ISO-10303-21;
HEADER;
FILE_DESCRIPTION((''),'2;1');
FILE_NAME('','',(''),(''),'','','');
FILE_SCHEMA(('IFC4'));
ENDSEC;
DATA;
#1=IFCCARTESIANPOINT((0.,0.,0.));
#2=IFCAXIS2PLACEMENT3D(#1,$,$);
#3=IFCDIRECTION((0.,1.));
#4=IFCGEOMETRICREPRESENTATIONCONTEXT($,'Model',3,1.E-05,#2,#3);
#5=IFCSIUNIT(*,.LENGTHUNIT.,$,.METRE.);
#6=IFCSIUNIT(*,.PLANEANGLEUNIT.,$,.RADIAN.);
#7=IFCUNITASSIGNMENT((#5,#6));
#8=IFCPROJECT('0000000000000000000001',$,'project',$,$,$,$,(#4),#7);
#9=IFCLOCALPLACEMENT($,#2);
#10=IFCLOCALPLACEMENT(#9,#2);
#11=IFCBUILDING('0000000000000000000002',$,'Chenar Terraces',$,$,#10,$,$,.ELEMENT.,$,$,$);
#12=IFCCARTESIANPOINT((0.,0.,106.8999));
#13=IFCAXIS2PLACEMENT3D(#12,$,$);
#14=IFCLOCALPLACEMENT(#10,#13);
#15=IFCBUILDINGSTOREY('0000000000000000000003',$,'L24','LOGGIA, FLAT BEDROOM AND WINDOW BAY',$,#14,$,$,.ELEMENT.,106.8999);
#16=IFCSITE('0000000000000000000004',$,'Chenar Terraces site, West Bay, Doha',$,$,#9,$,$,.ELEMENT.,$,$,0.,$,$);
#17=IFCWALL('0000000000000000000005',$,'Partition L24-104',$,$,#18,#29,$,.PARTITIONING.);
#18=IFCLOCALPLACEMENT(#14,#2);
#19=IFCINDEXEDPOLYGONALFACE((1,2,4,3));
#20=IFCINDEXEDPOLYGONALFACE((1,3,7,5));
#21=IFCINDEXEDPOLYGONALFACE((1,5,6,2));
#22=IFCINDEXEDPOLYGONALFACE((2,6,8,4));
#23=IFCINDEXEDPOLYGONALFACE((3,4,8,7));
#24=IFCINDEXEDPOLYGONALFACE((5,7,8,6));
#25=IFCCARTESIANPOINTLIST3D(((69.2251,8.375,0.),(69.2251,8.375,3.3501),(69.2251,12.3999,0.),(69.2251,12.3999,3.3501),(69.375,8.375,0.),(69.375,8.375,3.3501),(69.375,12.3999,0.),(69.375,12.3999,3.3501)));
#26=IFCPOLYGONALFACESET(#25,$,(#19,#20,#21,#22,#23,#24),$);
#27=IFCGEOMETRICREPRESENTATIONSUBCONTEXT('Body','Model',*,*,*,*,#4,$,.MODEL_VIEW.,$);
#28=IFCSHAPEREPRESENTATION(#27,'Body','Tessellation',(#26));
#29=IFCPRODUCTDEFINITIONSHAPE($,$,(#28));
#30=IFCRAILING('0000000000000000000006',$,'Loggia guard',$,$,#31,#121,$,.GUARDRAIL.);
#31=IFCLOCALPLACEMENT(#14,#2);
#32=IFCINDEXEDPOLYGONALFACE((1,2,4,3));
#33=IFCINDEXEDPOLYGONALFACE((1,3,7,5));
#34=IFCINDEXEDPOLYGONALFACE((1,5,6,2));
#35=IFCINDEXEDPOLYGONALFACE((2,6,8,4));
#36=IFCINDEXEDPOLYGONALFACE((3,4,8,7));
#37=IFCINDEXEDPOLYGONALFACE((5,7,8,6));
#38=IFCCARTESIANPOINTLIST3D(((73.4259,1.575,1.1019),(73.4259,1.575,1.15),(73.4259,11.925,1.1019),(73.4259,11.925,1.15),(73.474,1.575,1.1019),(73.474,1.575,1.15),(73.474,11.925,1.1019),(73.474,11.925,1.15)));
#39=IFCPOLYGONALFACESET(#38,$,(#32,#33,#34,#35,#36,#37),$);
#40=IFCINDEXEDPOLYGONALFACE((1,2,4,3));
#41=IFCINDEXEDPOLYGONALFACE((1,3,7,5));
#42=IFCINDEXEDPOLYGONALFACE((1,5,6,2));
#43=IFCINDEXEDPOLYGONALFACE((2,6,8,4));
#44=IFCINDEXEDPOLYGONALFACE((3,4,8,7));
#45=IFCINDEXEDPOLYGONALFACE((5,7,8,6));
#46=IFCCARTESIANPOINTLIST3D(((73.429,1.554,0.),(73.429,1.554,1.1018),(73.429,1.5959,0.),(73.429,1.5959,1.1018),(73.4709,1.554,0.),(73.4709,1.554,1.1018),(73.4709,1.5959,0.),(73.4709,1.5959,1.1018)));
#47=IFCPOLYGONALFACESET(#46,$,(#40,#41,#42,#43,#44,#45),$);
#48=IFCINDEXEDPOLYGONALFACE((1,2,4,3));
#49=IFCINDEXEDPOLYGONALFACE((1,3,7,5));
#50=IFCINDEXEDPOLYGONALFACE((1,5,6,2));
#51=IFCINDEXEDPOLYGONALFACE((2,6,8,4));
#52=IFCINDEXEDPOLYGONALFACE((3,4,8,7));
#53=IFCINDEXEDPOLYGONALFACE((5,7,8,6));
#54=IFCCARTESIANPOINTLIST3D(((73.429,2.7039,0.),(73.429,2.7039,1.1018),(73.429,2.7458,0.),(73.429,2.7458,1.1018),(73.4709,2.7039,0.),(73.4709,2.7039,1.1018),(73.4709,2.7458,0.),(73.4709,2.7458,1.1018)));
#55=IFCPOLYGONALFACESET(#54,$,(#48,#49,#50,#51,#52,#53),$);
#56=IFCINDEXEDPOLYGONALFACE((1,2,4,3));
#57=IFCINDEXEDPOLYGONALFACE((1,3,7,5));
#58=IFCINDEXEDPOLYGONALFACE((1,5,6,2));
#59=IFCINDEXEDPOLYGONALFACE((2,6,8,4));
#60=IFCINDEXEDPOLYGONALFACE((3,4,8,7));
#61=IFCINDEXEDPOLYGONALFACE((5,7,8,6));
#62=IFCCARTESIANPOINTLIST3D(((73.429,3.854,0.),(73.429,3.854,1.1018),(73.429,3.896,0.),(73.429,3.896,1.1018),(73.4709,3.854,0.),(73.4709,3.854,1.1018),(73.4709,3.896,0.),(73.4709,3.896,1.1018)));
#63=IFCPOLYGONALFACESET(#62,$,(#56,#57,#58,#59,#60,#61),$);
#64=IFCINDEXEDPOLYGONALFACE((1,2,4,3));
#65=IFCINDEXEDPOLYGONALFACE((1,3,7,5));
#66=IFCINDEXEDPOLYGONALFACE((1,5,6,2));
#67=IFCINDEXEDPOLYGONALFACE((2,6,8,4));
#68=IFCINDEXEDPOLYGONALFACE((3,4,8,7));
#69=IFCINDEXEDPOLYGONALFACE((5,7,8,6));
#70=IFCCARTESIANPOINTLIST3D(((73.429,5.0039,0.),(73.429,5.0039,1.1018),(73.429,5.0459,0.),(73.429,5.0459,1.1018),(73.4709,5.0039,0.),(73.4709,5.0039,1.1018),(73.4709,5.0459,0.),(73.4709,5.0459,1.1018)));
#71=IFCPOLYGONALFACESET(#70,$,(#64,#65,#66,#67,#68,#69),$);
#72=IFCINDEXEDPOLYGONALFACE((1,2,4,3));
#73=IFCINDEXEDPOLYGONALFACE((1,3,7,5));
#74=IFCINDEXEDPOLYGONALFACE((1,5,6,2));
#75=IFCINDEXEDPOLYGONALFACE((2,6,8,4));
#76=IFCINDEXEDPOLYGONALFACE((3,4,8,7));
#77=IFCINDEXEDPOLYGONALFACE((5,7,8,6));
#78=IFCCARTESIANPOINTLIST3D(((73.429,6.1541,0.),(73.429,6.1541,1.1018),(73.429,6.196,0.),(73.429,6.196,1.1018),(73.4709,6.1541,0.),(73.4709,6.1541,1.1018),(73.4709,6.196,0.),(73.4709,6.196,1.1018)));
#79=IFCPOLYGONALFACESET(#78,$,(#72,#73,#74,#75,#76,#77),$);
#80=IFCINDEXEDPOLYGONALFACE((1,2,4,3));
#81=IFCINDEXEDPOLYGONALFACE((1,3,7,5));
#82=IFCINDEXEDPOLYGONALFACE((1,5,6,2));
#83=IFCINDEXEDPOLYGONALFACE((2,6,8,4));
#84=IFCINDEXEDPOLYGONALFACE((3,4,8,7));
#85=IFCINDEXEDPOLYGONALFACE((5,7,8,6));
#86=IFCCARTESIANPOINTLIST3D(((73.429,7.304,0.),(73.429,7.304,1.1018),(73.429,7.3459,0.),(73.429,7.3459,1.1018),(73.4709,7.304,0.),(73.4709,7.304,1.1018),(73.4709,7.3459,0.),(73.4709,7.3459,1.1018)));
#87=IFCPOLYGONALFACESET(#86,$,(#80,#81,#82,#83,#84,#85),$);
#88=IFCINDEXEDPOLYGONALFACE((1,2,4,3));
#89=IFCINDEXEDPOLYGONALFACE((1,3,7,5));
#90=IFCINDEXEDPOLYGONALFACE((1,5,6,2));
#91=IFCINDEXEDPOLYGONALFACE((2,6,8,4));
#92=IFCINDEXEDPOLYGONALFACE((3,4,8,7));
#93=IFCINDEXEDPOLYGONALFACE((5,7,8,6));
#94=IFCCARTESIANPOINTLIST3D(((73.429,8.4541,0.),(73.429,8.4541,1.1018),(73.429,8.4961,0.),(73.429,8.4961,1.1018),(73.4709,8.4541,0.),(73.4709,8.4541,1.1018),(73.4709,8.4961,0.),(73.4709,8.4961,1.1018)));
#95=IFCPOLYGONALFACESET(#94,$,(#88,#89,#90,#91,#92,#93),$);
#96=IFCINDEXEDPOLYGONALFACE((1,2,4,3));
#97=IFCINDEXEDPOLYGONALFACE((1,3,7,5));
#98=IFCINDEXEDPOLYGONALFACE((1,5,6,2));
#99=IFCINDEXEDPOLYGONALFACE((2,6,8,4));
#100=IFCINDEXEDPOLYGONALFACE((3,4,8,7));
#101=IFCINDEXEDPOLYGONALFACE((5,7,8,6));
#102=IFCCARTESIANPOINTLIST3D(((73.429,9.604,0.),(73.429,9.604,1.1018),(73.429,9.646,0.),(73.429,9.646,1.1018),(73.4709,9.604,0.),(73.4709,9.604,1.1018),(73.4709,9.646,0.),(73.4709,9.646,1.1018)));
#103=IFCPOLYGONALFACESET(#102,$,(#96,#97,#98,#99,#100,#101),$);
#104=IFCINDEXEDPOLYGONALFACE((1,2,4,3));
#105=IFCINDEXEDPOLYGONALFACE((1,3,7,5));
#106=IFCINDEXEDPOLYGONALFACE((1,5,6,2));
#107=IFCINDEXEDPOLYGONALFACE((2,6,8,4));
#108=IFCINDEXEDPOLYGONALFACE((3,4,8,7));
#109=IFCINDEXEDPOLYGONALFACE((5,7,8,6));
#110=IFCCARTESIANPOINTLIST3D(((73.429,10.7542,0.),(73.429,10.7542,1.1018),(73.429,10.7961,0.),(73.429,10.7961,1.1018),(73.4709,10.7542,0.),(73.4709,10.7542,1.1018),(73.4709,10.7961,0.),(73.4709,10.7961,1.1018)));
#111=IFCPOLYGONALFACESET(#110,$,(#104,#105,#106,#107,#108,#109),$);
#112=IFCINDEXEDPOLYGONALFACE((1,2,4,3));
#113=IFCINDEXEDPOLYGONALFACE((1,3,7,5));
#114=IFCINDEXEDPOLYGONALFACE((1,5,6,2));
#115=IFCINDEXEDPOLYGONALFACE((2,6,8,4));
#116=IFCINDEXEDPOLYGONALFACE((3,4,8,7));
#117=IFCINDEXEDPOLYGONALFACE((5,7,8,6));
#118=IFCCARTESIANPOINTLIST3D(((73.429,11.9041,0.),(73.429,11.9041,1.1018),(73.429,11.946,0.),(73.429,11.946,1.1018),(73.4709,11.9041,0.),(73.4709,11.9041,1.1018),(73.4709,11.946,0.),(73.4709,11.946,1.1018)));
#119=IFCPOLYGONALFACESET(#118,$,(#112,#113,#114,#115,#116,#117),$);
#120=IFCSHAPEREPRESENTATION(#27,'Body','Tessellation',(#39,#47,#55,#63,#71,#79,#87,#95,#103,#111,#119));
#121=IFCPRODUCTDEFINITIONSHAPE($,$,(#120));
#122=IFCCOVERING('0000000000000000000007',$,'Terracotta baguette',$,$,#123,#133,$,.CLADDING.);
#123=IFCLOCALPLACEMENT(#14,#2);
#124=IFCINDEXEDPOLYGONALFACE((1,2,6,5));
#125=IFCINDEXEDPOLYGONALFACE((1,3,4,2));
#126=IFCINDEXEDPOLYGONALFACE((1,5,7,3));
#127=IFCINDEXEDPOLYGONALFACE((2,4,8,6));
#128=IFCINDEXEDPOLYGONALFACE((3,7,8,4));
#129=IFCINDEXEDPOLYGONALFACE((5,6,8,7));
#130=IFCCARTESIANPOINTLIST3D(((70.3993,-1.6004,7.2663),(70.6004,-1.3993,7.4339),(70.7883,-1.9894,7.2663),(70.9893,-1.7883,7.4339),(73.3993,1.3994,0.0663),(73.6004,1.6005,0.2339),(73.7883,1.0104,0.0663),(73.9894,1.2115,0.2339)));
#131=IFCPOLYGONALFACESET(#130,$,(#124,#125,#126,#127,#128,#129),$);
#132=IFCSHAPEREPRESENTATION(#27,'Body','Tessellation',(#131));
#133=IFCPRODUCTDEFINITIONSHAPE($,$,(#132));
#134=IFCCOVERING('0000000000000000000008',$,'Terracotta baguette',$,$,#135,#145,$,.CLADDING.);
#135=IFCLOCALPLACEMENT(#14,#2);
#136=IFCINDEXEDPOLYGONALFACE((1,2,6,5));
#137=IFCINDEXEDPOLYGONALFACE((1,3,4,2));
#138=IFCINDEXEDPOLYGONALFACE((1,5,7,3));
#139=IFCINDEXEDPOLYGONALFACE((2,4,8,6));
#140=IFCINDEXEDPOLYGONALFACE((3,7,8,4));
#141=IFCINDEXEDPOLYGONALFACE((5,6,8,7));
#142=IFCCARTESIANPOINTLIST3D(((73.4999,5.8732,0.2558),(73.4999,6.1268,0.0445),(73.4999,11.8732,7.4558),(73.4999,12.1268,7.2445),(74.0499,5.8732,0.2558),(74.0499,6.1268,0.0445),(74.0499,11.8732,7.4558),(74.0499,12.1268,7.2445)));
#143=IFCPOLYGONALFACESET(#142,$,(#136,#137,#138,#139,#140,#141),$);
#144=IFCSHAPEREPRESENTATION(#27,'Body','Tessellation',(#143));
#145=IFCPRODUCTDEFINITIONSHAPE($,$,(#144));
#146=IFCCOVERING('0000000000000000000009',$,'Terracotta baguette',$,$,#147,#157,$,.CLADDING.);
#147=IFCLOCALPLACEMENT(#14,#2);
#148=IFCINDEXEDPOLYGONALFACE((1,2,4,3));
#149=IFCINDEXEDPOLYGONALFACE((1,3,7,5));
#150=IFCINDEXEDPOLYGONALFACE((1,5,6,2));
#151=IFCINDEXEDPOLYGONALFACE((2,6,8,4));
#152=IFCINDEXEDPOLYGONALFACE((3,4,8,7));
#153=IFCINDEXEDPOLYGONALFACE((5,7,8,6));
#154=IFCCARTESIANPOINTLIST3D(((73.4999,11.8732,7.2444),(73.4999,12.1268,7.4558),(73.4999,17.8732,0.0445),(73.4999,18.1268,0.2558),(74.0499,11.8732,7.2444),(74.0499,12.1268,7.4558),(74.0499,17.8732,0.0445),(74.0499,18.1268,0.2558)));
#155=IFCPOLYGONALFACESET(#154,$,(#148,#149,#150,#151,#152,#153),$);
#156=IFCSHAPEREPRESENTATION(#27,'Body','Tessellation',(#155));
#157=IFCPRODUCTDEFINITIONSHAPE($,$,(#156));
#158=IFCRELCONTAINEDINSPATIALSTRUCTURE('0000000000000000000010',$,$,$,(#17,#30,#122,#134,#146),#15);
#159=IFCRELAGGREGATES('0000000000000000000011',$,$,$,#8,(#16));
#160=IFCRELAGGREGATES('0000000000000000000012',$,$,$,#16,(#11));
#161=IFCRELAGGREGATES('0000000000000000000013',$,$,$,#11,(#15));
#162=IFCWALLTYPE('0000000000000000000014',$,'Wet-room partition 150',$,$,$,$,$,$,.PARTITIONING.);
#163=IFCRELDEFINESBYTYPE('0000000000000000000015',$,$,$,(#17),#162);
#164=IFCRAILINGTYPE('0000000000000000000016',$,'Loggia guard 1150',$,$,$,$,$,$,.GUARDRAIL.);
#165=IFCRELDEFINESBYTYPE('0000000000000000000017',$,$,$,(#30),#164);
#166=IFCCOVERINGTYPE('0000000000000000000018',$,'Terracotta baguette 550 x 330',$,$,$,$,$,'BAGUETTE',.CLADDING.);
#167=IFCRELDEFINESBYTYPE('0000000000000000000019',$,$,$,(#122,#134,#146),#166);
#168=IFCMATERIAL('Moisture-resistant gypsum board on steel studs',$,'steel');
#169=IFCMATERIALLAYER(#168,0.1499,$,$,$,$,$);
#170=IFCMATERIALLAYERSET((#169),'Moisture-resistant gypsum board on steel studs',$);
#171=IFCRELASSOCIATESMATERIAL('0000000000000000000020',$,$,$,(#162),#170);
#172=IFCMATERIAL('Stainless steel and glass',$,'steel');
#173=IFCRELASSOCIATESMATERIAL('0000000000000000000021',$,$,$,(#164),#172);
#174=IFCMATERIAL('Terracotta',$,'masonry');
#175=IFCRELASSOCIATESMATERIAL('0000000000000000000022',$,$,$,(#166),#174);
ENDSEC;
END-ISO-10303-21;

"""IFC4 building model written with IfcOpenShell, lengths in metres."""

from ifc_helpers import new_model, si_unit, direction, frame, frame_2d, origin, origin_2d, place, context, subcontext, project, spatial, rectangle, extrude, material, layer, layer_set, material_profile, profile_set, type_object, element, save


model = new_model("IFC4")

# Units and contexts
model_context = context("Model", 3, precision=1e-05, world=origin(), true_north=direction((0.0, 1.0)))
body_context = subcontext(model_context, "Body", "Model", "MODEL_VIEW")
ifc_project = project(units=[si_unit("LENGTHUNIT", "METRE"), si_unit("PLANEANGLEUNIT", "RADIAN")], contexts=[model_context])

# Site, building, storey
site_placement = place(None, origin())
site = spatial("IfcSite", under=ifc_project, at=site_placement, Name="Chenar Terraces site, West Bay, Doha", CompositionType="ELEMENT", RefElevation=0.0)
building_placement = place(site_placement, origin())
building = spatial("IfcBuilding", under=site, at=building_placement, Name="Chenar Terraces", CompositionType="ELEMENT")
storey_placement = place(building_placement, frame((0.0, 0.0, 106.8999)))
storey = spatial("IfcBuildingStorey", under=building, at=storey_placement, Name="L24", Description="LOGGIA, FLAT BEDROOM AND WINDOW BAY", CompositionType="ELEMENT", Elevation=106.8999)

# Shared definitions
ifc_material_1 = material(Name="Moisture-resistant gypsum board on steel studs", Category="steel")
ifc_layer_1 = layer(ifc_material_1, 0.1499)
ifc_layer_set_1 = layer_set([ifc_layer_1], Name="Moisture-resistant gypsum board on steel studs")
wall_type_1 = type_object("IfcWallType", Name="Wet-room partition 150", PredefinedType="PARTITIONING", material=ifc_layer_set_1)

# Wall
wall_1_placement = place(storey_placement, frame((69.3, 8.375, 0.0), z_axis=(0.0, 0.0, 1.0), x_axis=(0.0, 1.0, 0.0)))
element("IfcWall", 1, at=wall_1_placement, inside=storey, type_object=wall_type_1, Name="Partition L24-104", PredefinedType="PARTITIONING", context=body_context, shape_type="SweptSolid", body=[
    extrude(rectangle(XDim=4.0249, YDim=0.1499, at=frame_2d((2.0125, 0.0))), origin(), (0.0, 0.0, 1.0), 3.3501),
])

# Railing
ifc_material_2 = material(Name="Stainless steel and glass", Category="steel")
railing_type = type_object("IfcRailingType", Name="Loggia guard 1150", PredefinedType="GUARDRAIL", material=ifc_material_2)
railing_placement = place(storey_placement, frame((73.45, 1.575, 0.0)))
element("IfcRailing", 2, at=railing_placement, inside=storey, type_object=railing_type, Name="Loggia guard", PredefinedType="GUARDRAIL", context=body_context, shape_type="SweptSolid", body=[
    extrude(rectangle(XDim=0.0481, YDim=0.0481, at=origin_2d()), frame((0.0, 0.0, 1.126), z_axis=(0.0, 1.0, 0.0), x_axis=(-1.0, 0.0, 0.0)), (0.0, 0.0, 1.0), 10.3501),
    extrude(rectangle(XDim=0.042, YDim=0.042, at=origin_2d()), origin(), (0.0, 0.0, 1.0), 1.1018),
    extrude(rectangle(XDim=0.042, YDim=0.042, at=origin_2d()), frame((0.0, 1.1499, 0.0)), (0.0, 0.0, 1.0), 1.1018),
    extrude(rectangle(XDim=0.042, YDim=0.042, at=origin_2d()), frame((0.0, 2.3, 0.0)), (0.0, 0.0, 1.0), 1.1018),
    extrude(rectangle(XDim=0.042, YDim=0.042, at=origin_2d()), frame((0.0, 3.45, 0.0)), (0.0, 0.0, 1.0), 1.1018),
    extrude(rectangle(XDim=0.042, YDim=0.042, at=origin_2d()), frame((0.0, 4.6001, 0.0)), (0.0, 0.0, 1.0), 1.1018),
    extrude(rectangle(XDim=0.042, YDim=0.042, at=origin_2d()), frame((0.0, 5.75, 0.0)), (0.0, 0.0, 1.0), 1.1018),
    extrude(rectangle(XDim=0.042, YDim=0.042, at=origin_2d()), frame((0.0, 6.9001, 0.0)), (0.0, 0.0, 1.0), 1.1018),
    extrude(rectangle(XDim=0.042, YDim=0.042, at=origin_2d()), frame((0.0, 8.05, 0.0)), (0.0, 0.0, 1.0), 1.1018),
    extrude(rectangle(XDim=0.042, YDim=0.042, at=origin_2d()), frame((0.0, 9.2002, 0.0)), (0.0, 0.0, 1.0), 1.1018),
    extrude(rectangle(XDim=0.042, YDim=0.042, at=origin_2d()), frame((0.0, 10.3501, 0.0)), (0.0, 0.0, 1.0), 1.1018),
])

# Coverings
ifc_material_3 = material(Name="Terracotta", Category="masonry")
ifc_material_profile_1 = material_profile(ifc_material_3, rectangle(XDim=0.55, YDim=0.3301, at=origin_2d()), Name="Terracotta baguette 550 x 330")
ifc_profile_set_1 = profile_set([ifc_material_profile_1], Name="Terracotta")
covering_type = type_object("IfcCoveringType", Name="Terracotta baguette 550 x 330", ElementType="BAGUETTE", PredefinedType="CLADDING", material=ifc_profile_set_1)
covering_placement = place(storey_placement, frame((70.6943, -1.6943, 7.3501), z_axis=(0.358985, 0.358955, -0.861557), x_axis=(-0.707078, 0.707136, 0.0)))
element("IfcCovering", 3, at=covering_placement, inside=storey, type_object=covering_type, Name="Terracotta baguette", PredefinedType="CLADDING", context=body_context, shape_type="SweptSolid", body=[
    extrude(rectangle(XDim=0.55, YDim=0.3301, at=origin_2d()), origin(), (0.0, 0.0, 1.0), 8.3569),
])
for number, where, z_axis, x_axis, name in (
    (4, (73.7749, 6.0, 0.1501), (0.0, 0.640187, 0.768219), (-1.0, 0.0, 0.0), "Terracotta baguette"),
    (5, (73.7749, 12.0, 7.3501), (0.0, 0.640187, -0.768219), (-1.0, 0.0, 0.0), "Terracotta baguette"),
):
    element("IfcCovering", number, at=place(storey_placement, frame(where, z_axis=z_axis, x_axis=x_axis)), inside=storey, type_object=covering_type, Name=name, PredefinedType="CLADDING", context=body_context, shape_type="SweptSolid", body=[
        extrude(rectangle(XDim=0.55, YDim=0.3301, at=origin_2d()), origin(), (0.0, 0.0, 1.0), 9.3723),
    ])

save(model, "model.ifc")
